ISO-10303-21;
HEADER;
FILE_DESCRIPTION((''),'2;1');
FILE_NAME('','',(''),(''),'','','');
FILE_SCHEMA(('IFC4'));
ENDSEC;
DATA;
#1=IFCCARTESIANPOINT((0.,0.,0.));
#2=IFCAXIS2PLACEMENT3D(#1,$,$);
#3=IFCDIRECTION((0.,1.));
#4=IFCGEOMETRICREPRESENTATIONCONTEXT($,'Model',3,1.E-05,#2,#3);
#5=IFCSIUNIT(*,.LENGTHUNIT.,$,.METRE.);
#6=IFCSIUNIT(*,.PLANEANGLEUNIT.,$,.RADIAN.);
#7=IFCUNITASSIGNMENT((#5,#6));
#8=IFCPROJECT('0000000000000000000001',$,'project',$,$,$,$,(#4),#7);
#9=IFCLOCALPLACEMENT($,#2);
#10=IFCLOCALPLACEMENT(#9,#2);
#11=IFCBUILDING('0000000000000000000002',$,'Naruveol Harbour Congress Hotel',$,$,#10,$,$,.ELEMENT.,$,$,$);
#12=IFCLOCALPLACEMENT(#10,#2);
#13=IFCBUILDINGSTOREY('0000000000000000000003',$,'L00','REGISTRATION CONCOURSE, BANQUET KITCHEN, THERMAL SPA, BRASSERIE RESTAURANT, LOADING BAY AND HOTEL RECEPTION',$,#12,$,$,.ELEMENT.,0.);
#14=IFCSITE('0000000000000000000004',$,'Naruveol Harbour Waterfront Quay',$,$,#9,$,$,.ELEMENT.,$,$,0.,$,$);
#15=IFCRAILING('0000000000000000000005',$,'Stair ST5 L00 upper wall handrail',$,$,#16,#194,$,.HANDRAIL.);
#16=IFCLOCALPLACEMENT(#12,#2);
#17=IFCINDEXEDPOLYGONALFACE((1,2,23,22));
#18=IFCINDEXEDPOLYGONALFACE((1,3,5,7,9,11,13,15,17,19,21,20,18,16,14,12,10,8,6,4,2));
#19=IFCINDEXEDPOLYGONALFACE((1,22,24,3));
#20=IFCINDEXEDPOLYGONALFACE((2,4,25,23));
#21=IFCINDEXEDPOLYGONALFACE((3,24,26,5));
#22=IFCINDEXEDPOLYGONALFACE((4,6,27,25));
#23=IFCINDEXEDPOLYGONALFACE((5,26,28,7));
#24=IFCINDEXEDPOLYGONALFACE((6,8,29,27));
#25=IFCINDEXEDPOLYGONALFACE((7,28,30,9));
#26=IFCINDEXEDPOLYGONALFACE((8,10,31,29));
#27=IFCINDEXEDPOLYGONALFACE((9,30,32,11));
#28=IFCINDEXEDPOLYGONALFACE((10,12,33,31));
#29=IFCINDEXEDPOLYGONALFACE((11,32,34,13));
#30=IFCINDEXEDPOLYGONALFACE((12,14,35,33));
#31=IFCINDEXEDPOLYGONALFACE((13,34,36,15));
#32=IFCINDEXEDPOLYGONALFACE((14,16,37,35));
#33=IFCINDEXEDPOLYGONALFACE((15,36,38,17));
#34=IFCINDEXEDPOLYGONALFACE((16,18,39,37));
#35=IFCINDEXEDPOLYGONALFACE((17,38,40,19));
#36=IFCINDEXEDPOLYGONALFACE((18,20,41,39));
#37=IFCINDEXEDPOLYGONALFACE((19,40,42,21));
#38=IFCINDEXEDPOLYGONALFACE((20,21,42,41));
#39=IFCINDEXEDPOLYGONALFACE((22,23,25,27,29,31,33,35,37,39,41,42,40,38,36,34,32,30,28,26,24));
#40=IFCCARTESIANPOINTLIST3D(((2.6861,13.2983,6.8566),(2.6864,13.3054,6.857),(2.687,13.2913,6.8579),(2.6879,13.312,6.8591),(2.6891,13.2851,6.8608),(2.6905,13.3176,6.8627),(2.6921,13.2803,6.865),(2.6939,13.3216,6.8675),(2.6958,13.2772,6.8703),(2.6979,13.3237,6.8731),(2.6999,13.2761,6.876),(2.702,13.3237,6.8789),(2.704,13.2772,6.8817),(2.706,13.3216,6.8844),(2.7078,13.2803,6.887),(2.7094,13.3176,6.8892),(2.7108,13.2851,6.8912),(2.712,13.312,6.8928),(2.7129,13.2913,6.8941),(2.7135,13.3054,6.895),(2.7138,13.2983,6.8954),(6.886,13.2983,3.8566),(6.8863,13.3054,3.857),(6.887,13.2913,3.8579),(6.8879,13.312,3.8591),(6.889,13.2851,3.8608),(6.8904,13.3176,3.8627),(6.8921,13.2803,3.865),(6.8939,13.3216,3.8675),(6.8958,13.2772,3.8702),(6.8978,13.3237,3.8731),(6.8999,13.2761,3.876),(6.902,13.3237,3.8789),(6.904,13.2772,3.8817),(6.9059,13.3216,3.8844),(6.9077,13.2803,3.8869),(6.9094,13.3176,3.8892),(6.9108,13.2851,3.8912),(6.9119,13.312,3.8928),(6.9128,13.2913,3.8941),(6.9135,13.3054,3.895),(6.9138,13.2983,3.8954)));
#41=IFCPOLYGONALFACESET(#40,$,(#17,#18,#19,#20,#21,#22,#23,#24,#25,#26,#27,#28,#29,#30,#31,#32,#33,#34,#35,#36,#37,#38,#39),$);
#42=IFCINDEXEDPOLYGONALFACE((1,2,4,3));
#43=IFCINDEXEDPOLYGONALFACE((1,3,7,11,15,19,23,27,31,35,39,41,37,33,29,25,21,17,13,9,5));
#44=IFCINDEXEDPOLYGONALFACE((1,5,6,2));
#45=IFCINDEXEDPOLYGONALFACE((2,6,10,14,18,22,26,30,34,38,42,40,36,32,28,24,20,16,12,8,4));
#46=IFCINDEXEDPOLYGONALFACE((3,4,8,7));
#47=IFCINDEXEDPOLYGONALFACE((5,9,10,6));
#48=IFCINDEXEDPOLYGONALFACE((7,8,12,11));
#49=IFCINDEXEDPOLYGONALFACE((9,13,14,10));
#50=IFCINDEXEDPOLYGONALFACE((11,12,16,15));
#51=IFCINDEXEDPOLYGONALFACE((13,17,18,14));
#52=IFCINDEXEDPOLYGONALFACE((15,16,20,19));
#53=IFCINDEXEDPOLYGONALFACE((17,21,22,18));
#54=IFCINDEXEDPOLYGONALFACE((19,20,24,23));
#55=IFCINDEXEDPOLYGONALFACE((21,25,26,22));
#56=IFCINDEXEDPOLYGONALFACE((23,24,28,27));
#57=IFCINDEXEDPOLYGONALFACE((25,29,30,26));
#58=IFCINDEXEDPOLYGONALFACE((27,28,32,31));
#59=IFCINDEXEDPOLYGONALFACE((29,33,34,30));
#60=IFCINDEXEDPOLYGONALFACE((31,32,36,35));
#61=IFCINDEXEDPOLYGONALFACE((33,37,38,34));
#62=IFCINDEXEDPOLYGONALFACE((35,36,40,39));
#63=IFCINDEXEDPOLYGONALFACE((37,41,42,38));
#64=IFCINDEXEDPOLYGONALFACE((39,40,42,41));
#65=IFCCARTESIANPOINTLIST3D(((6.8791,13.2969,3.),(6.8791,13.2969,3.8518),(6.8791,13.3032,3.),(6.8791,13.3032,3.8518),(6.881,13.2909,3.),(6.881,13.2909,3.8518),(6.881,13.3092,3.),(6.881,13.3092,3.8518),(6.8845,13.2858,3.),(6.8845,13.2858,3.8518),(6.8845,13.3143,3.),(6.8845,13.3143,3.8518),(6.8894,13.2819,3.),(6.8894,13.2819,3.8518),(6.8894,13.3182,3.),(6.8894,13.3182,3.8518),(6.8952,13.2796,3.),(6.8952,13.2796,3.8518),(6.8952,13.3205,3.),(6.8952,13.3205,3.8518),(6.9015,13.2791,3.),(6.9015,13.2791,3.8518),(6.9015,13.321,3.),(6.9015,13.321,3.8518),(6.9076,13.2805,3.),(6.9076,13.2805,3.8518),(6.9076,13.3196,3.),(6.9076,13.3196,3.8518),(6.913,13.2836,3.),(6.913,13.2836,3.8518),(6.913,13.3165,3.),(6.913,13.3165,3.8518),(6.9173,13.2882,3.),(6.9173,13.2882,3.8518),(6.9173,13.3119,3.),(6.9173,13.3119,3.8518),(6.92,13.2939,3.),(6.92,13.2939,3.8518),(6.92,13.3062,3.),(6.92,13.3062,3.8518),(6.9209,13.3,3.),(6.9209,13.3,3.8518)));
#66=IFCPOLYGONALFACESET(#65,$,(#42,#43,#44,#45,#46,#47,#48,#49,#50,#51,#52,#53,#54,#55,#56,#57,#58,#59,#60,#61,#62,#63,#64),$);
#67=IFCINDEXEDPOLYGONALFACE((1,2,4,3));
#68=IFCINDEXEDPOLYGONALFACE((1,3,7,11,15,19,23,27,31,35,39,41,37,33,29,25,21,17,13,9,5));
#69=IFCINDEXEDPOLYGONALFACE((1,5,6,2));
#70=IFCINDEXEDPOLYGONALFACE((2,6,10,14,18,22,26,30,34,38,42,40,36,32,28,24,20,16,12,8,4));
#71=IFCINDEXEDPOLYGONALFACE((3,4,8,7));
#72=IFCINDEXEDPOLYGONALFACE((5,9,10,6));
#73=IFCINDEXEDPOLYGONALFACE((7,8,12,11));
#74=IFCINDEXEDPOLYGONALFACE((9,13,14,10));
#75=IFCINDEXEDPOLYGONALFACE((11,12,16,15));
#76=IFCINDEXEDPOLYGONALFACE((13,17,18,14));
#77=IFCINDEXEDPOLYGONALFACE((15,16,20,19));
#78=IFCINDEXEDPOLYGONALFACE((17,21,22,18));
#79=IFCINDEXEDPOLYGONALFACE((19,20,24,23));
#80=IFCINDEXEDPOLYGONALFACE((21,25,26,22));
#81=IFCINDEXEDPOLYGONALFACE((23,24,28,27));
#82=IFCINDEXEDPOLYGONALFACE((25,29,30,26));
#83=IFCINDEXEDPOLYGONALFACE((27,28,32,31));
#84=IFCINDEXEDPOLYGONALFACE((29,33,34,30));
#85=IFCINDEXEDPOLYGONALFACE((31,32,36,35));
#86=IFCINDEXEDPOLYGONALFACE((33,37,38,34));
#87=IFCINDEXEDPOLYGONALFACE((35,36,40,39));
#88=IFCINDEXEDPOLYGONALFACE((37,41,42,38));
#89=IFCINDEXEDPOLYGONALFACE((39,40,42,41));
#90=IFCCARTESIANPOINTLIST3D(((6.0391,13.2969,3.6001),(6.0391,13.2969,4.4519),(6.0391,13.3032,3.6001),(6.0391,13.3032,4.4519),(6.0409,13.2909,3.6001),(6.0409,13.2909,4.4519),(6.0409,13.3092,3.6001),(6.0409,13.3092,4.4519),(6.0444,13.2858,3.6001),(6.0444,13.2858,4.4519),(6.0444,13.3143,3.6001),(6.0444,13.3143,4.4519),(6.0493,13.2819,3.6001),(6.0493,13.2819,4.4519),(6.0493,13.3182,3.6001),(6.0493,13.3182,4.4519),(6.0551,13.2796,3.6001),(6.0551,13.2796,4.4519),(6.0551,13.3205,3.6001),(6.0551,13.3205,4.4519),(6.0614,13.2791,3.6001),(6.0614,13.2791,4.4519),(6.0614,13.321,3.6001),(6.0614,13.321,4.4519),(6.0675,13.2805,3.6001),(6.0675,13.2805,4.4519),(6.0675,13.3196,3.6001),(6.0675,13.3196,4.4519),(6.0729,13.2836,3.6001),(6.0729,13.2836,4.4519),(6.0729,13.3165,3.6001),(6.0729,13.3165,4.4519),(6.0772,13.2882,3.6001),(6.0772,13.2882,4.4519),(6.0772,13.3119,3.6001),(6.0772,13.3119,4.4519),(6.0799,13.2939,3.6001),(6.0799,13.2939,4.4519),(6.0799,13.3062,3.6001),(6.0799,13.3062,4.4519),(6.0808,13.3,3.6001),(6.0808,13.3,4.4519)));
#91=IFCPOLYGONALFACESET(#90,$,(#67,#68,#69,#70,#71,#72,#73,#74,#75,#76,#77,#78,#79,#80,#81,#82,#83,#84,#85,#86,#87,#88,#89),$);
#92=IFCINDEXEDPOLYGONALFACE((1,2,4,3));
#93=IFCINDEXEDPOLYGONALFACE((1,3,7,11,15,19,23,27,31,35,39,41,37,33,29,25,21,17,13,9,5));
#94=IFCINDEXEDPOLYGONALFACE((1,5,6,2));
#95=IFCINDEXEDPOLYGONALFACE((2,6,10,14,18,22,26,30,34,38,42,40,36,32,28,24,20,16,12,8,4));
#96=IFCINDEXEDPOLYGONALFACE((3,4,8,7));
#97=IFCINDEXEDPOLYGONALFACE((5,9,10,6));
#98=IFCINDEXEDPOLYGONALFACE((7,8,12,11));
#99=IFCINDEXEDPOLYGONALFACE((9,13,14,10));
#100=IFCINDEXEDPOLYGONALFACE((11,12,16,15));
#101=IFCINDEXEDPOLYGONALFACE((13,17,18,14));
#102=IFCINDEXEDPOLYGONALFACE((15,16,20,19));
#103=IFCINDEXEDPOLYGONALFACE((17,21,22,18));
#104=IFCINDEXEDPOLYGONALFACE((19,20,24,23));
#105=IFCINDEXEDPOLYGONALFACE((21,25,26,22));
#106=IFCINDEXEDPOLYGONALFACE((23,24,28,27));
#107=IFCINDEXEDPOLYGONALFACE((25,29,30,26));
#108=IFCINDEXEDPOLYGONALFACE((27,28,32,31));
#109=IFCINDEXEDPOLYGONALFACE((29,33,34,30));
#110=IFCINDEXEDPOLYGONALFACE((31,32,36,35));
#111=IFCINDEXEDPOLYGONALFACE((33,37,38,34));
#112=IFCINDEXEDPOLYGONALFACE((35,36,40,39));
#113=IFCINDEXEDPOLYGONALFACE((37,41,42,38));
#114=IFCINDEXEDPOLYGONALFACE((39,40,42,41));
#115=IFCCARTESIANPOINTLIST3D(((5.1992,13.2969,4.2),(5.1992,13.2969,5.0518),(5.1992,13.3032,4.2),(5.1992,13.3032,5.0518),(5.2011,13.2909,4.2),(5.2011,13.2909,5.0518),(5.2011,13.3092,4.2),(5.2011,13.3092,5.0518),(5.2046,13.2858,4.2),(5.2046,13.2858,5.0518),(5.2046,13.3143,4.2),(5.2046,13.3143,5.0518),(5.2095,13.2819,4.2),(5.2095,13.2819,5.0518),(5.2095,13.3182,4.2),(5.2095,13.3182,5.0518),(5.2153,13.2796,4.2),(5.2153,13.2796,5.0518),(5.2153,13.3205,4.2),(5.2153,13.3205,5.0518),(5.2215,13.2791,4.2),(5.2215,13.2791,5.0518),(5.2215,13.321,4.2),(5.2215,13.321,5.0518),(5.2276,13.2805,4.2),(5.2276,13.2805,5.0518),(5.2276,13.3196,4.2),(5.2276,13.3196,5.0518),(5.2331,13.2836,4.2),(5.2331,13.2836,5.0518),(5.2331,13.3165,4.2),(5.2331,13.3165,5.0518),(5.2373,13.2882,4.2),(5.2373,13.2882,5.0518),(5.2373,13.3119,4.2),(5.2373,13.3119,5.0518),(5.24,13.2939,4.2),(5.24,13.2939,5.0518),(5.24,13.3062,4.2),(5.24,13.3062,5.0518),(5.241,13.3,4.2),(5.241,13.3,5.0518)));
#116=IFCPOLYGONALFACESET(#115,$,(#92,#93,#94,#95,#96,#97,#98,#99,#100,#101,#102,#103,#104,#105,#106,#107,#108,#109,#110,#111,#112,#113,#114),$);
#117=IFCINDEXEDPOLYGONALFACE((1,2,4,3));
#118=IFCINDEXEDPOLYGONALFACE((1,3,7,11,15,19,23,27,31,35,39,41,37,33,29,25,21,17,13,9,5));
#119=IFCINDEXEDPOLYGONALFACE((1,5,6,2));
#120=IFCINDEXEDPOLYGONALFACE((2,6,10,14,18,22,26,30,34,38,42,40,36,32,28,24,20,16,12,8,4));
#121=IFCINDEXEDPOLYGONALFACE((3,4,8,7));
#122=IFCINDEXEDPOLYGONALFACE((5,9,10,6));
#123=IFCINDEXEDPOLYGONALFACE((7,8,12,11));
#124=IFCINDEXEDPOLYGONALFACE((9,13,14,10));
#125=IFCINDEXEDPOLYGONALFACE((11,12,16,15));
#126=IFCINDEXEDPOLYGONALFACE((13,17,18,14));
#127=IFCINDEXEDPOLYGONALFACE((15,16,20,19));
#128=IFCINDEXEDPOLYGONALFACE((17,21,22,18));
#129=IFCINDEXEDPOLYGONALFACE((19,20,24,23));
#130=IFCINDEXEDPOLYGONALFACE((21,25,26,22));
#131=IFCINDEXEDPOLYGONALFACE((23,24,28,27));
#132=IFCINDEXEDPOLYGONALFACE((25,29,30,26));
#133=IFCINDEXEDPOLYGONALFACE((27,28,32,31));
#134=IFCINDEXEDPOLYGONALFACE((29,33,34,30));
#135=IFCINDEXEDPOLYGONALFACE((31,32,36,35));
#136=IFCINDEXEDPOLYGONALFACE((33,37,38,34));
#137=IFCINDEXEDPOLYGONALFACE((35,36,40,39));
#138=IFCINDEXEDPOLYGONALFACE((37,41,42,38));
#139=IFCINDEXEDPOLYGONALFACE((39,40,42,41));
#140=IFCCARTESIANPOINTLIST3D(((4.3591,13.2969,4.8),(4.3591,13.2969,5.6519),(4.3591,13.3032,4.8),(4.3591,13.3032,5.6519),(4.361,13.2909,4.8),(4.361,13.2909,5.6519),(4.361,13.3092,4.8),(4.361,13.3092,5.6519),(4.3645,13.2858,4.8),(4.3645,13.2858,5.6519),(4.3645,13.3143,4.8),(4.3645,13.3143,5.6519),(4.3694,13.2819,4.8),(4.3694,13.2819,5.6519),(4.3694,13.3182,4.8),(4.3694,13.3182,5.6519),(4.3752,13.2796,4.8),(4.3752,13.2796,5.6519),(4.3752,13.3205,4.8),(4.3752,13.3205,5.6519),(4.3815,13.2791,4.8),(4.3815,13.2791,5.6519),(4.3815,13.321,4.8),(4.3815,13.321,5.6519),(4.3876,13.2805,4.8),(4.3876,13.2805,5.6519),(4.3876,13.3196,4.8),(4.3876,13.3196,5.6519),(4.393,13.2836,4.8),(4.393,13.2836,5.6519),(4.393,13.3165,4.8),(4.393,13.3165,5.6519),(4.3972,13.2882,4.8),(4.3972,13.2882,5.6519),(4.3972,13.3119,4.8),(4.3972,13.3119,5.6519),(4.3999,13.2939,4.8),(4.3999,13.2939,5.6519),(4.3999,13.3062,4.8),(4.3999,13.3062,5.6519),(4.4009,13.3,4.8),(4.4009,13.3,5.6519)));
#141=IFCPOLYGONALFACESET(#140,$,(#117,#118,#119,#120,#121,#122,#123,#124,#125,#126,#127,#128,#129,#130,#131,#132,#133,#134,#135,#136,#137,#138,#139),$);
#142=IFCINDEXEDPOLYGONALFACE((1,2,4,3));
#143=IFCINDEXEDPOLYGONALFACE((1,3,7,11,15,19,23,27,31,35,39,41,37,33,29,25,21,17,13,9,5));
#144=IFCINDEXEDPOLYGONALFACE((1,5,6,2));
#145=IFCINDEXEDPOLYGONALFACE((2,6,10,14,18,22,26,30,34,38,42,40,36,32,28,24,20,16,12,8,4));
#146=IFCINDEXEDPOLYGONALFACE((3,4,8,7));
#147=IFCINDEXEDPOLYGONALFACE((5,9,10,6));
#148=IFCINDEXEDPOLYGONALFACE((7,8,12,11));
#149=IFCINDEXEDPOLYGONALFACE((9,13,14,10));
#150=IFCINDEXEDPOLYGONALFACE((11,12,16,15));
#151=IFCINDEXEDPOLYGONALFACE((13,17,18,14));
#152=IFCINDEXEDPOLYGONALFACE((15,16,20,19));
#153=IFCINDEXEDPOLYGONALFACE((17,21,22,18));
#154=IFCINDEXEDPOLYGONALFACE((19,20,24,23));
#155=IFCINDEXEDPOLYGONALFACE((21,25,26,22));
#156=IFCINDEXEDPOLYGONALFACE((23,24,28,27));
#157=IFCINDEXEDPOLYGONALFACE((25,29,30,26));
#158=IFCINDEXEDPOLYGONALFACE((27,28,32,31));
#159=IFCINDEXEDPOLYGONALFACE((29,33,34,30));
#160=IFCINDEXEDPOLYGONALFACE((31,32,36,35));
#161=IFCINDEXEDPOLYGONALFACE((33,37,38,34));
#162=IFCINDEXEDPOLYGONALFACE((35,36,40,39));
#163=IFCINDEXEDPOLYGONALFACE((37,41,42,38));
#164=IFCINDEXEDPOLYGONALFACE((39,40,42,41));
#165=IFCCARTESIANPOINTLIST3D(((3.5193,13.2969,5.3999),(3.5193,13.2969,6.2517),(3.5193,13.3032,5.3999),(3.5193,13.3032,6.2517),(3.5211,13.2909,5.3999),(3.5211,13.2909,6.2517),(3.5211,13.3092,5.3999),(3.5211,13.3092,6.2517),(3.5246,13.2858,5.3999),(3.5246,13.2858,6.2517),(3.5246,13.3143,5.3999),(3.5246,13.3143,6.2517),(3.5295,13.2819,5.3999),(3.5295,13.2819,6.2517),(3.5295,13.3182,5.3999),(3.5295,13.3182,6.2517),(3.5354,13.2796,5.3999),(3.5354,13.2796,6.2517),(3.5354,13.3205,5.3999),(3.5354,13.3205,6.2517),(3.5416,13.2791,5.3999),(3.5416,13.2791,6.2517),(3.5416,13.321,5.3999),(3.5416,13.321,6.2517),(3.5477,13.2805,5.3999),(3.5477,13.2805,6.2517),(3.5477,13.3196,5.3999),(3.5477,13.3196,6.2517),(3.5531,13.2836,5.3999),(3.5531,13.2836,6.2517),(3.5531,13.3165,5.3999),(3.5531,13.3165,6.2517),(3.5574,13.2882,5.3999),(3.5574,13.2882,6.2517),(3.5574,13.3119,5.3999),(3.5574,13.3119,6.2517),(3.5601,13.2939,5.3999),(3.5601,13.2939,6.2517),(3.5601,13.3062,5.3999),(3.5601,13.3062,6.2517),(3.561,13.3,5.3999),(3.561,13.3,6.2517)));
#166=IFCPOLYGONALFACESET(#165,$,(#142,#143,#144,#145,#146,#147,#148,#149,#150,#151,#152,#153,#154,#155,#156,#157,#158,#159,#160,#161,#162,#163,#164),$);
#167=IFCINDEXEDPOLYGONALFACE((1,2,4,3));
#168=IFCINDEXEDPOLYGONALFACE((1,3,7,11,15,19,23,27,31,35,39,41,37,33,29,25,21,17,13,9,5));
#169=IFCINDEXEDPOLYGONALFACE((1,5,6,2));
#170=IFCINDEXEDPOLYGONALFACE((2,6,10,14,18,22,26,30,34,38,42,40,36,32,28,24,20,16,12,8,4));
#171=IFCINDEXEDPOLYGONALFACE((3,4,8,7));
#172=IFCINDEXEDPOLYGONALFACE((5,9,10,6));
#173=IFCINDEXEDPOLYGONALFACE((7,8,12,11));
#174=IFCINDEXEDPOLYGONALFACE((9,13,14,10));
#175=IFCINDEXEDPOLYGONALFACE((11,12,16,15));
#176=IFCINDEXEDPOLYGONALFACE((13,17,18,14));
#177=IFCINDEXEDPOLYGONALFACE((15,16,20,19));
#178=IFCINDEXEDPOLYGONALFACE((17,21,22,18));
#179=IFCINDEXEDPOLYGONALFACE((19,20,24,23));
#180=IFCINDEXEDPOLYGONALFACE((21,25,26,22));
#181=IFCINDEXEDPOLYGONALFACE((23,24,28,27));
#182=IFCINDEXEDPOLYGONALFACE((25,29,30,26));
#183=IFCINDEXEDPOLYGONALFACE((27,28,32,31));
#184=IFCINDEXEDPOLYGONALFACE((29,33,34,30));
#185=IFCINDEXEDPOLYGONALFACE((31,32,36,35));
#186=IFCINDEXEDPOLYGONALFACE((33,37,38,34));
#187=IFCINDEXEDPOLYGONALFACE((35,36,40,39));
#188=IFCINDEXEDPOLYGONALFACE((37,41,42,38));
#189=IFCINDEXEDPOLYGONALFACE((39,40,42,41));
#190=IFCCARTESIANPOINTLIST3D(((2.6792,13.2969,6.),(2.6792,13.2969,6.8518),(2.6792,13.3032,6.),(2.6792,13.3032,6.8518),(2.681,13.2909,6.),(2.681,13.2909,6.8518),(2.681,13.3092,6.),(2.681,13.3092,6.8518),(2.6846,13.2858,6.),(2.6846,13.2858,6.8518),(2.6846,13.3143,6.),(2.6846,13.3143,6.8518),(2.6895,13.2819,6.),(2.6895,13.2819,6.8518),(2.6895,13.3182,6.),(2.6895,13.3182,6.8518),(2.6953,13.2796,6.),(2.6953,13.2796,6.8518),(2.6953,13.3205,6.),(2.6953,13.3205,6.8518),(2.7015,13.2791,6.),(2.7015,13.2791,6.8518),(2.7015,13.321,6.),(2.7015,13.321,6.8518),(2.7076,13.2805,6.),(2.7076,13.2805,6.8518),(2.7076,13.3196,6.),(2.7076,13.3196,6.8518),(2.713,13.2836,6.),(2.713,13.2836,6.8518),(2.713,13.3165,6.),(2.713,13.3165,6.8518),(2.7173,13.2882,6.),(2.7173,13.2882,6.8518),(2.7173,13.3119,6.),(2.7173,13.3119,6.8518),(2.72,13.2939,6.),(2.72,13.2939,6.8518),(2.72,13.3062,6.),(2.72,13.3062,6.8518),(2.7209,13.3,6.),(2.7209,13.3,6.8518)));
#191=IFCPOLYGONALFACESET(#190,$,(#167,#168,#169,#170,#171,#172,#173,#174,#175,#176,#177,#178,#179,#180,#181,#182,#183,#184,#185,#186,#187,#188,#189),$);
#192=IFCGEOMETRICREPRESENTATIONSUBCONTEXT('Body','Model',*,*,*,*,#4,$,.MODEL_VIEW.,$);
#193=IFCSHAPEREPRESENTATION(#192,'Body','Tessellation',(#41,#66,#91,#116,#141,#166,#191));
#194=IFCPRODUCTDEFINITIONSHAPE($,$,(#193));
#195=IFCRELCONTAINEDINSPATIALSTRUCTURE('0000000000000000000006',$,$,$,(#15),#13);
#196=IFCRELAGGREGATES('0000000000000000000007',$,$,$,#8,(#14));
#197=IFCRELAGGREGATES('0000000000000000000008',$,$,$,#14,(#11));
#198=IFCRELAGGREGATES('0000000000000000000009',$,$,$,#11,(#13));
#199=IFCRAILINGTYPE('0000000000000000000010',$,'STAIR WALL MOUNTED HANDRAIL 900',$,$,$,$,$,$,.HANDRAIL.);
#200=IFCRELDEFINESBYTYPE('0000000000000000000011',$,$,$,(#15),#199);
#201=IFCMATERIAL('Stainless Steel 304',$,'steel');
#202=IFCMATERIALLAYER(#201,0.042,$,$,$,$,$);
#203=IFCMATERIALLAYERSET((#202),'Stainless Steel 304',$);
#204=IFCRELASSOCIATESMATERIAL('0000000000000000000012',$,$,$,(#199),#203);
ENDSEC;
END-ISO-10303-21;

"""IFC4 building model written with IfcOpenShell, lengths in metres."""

from ifc_helpers import new_model, si_unit, direction, frame, origin, origin_2d, place, context, subcontext, project, spatial, circle, extrude, material, layer, layer_set, type_object, element, save


model = new_model("IFC4")

# Units and contexts
model_context = context("Model", 3, precision=1e-05, world=origin(), true_north=direction((0.0, 1.0)))
body_context = subcontext(model_context, "Body", "Model", "MODEL_VIEW")
ifc_project = project(units=[si_unit("LENGTHUNIT", "METRE"), si_unit("PLANEANGLEUNIT", "RADIAN")], contexts=[model_context])

# Site, building, storey
site_placement = place(None, origin())
site = spatial("IfcSite", under=ifc_project, at=site_placement, Name="Naruveol Harbour Waterfront Quay", CompositionType="ELEMENT", RefElevation=0.0)
building_placement = place(site_placement, origin())
building = spatial("IfcBuilding", under=site, at=building_placement, Name="Naruveol Harbour Congress Hotel", CompositionType="ELEMENT")
storey_placement = place(building_placement, origin())
storey = spatial("IfcBuildingStorey", under=building, at=storey_placement, Name="L00", Description="REGISTRATION CONCOURSE, BANQUET KITCHEN, THERMAL SPA, BRASSERIE RESTAURANT, LOADING BAY AND HOTEL RECEPTION", CompositionType="ELEMENT", Elevation=0.0)

# Railing
ifc_material_1 = material(Name="Stainless Steel 304", Category="steel")
ifc_layer_1 = layer(ifc_material_1, 0.042)
ifc_layer_set_1 = layer_set([ifc_layer_1], Name="Stainless Steel 304")
railing_type_1 = type_object("IfcRailingType", Name="STAIR WALL MOUNTED HANDRAIL 900", PredefinedType="HANDRAIL", material=ifc_layer_set_1)
railing_1_placement = place(storey_placement, frame((6.8999, 13.3, 3.0)))
element("IfcRailing", 1, at=railing_1_placement, inside=storey, type_object=railing_type_1, Name="Stair ST5 L00 upper wall handrail", PredefinedType="HANDRAIL", context=body_context, shape_type="SweptSolid", body=[
    extrude(circle(Radius=0.0239, at=origin_2d()), frame((0.0, 0.0, 0.876), z_axis=(-0.81373, 0.0, 0.581243), x_axis=(0.0, -1.0, 0.0)), (0.0, 0.0, 1.0), 5.1614),
    extrude(circle(Radius=0.021, at=origin_2d()), origin(), (0.0, 0.0, 1.0), 0.8518),
    extrude(circle(Radius=0.021, at=origin_2d()), frame((-0.8401, 0.0, 0.6001)), (0.0, 0.0, 1.0), 0.8518),
    extrude(circle(Radius=0.021, at=origin_2d()), frame((-1.6799, 0.0, 1.2)), (0.0, 0.0, 1.0), 0.8518),
    extrude(circle(Radius=0.021, at=origin_2d()), frame((-2.52, 0.0, 1.8)), (0.0, 0.0, 1.0), 0.8518),
    extrude(circle(Radius=0.021, at=origin_2d()), frame((-3.3599, 0.0, 2.3999)), (0.0, 0.0, 1.0), 0.8518),
    extrude(circle(Radius=0.021, at=origin_2d()), frame((-4.2, 0.0, 3.0)), (0.0, 0.0, 1.0), 0.8518),
])

save(model, "model.ifc")
